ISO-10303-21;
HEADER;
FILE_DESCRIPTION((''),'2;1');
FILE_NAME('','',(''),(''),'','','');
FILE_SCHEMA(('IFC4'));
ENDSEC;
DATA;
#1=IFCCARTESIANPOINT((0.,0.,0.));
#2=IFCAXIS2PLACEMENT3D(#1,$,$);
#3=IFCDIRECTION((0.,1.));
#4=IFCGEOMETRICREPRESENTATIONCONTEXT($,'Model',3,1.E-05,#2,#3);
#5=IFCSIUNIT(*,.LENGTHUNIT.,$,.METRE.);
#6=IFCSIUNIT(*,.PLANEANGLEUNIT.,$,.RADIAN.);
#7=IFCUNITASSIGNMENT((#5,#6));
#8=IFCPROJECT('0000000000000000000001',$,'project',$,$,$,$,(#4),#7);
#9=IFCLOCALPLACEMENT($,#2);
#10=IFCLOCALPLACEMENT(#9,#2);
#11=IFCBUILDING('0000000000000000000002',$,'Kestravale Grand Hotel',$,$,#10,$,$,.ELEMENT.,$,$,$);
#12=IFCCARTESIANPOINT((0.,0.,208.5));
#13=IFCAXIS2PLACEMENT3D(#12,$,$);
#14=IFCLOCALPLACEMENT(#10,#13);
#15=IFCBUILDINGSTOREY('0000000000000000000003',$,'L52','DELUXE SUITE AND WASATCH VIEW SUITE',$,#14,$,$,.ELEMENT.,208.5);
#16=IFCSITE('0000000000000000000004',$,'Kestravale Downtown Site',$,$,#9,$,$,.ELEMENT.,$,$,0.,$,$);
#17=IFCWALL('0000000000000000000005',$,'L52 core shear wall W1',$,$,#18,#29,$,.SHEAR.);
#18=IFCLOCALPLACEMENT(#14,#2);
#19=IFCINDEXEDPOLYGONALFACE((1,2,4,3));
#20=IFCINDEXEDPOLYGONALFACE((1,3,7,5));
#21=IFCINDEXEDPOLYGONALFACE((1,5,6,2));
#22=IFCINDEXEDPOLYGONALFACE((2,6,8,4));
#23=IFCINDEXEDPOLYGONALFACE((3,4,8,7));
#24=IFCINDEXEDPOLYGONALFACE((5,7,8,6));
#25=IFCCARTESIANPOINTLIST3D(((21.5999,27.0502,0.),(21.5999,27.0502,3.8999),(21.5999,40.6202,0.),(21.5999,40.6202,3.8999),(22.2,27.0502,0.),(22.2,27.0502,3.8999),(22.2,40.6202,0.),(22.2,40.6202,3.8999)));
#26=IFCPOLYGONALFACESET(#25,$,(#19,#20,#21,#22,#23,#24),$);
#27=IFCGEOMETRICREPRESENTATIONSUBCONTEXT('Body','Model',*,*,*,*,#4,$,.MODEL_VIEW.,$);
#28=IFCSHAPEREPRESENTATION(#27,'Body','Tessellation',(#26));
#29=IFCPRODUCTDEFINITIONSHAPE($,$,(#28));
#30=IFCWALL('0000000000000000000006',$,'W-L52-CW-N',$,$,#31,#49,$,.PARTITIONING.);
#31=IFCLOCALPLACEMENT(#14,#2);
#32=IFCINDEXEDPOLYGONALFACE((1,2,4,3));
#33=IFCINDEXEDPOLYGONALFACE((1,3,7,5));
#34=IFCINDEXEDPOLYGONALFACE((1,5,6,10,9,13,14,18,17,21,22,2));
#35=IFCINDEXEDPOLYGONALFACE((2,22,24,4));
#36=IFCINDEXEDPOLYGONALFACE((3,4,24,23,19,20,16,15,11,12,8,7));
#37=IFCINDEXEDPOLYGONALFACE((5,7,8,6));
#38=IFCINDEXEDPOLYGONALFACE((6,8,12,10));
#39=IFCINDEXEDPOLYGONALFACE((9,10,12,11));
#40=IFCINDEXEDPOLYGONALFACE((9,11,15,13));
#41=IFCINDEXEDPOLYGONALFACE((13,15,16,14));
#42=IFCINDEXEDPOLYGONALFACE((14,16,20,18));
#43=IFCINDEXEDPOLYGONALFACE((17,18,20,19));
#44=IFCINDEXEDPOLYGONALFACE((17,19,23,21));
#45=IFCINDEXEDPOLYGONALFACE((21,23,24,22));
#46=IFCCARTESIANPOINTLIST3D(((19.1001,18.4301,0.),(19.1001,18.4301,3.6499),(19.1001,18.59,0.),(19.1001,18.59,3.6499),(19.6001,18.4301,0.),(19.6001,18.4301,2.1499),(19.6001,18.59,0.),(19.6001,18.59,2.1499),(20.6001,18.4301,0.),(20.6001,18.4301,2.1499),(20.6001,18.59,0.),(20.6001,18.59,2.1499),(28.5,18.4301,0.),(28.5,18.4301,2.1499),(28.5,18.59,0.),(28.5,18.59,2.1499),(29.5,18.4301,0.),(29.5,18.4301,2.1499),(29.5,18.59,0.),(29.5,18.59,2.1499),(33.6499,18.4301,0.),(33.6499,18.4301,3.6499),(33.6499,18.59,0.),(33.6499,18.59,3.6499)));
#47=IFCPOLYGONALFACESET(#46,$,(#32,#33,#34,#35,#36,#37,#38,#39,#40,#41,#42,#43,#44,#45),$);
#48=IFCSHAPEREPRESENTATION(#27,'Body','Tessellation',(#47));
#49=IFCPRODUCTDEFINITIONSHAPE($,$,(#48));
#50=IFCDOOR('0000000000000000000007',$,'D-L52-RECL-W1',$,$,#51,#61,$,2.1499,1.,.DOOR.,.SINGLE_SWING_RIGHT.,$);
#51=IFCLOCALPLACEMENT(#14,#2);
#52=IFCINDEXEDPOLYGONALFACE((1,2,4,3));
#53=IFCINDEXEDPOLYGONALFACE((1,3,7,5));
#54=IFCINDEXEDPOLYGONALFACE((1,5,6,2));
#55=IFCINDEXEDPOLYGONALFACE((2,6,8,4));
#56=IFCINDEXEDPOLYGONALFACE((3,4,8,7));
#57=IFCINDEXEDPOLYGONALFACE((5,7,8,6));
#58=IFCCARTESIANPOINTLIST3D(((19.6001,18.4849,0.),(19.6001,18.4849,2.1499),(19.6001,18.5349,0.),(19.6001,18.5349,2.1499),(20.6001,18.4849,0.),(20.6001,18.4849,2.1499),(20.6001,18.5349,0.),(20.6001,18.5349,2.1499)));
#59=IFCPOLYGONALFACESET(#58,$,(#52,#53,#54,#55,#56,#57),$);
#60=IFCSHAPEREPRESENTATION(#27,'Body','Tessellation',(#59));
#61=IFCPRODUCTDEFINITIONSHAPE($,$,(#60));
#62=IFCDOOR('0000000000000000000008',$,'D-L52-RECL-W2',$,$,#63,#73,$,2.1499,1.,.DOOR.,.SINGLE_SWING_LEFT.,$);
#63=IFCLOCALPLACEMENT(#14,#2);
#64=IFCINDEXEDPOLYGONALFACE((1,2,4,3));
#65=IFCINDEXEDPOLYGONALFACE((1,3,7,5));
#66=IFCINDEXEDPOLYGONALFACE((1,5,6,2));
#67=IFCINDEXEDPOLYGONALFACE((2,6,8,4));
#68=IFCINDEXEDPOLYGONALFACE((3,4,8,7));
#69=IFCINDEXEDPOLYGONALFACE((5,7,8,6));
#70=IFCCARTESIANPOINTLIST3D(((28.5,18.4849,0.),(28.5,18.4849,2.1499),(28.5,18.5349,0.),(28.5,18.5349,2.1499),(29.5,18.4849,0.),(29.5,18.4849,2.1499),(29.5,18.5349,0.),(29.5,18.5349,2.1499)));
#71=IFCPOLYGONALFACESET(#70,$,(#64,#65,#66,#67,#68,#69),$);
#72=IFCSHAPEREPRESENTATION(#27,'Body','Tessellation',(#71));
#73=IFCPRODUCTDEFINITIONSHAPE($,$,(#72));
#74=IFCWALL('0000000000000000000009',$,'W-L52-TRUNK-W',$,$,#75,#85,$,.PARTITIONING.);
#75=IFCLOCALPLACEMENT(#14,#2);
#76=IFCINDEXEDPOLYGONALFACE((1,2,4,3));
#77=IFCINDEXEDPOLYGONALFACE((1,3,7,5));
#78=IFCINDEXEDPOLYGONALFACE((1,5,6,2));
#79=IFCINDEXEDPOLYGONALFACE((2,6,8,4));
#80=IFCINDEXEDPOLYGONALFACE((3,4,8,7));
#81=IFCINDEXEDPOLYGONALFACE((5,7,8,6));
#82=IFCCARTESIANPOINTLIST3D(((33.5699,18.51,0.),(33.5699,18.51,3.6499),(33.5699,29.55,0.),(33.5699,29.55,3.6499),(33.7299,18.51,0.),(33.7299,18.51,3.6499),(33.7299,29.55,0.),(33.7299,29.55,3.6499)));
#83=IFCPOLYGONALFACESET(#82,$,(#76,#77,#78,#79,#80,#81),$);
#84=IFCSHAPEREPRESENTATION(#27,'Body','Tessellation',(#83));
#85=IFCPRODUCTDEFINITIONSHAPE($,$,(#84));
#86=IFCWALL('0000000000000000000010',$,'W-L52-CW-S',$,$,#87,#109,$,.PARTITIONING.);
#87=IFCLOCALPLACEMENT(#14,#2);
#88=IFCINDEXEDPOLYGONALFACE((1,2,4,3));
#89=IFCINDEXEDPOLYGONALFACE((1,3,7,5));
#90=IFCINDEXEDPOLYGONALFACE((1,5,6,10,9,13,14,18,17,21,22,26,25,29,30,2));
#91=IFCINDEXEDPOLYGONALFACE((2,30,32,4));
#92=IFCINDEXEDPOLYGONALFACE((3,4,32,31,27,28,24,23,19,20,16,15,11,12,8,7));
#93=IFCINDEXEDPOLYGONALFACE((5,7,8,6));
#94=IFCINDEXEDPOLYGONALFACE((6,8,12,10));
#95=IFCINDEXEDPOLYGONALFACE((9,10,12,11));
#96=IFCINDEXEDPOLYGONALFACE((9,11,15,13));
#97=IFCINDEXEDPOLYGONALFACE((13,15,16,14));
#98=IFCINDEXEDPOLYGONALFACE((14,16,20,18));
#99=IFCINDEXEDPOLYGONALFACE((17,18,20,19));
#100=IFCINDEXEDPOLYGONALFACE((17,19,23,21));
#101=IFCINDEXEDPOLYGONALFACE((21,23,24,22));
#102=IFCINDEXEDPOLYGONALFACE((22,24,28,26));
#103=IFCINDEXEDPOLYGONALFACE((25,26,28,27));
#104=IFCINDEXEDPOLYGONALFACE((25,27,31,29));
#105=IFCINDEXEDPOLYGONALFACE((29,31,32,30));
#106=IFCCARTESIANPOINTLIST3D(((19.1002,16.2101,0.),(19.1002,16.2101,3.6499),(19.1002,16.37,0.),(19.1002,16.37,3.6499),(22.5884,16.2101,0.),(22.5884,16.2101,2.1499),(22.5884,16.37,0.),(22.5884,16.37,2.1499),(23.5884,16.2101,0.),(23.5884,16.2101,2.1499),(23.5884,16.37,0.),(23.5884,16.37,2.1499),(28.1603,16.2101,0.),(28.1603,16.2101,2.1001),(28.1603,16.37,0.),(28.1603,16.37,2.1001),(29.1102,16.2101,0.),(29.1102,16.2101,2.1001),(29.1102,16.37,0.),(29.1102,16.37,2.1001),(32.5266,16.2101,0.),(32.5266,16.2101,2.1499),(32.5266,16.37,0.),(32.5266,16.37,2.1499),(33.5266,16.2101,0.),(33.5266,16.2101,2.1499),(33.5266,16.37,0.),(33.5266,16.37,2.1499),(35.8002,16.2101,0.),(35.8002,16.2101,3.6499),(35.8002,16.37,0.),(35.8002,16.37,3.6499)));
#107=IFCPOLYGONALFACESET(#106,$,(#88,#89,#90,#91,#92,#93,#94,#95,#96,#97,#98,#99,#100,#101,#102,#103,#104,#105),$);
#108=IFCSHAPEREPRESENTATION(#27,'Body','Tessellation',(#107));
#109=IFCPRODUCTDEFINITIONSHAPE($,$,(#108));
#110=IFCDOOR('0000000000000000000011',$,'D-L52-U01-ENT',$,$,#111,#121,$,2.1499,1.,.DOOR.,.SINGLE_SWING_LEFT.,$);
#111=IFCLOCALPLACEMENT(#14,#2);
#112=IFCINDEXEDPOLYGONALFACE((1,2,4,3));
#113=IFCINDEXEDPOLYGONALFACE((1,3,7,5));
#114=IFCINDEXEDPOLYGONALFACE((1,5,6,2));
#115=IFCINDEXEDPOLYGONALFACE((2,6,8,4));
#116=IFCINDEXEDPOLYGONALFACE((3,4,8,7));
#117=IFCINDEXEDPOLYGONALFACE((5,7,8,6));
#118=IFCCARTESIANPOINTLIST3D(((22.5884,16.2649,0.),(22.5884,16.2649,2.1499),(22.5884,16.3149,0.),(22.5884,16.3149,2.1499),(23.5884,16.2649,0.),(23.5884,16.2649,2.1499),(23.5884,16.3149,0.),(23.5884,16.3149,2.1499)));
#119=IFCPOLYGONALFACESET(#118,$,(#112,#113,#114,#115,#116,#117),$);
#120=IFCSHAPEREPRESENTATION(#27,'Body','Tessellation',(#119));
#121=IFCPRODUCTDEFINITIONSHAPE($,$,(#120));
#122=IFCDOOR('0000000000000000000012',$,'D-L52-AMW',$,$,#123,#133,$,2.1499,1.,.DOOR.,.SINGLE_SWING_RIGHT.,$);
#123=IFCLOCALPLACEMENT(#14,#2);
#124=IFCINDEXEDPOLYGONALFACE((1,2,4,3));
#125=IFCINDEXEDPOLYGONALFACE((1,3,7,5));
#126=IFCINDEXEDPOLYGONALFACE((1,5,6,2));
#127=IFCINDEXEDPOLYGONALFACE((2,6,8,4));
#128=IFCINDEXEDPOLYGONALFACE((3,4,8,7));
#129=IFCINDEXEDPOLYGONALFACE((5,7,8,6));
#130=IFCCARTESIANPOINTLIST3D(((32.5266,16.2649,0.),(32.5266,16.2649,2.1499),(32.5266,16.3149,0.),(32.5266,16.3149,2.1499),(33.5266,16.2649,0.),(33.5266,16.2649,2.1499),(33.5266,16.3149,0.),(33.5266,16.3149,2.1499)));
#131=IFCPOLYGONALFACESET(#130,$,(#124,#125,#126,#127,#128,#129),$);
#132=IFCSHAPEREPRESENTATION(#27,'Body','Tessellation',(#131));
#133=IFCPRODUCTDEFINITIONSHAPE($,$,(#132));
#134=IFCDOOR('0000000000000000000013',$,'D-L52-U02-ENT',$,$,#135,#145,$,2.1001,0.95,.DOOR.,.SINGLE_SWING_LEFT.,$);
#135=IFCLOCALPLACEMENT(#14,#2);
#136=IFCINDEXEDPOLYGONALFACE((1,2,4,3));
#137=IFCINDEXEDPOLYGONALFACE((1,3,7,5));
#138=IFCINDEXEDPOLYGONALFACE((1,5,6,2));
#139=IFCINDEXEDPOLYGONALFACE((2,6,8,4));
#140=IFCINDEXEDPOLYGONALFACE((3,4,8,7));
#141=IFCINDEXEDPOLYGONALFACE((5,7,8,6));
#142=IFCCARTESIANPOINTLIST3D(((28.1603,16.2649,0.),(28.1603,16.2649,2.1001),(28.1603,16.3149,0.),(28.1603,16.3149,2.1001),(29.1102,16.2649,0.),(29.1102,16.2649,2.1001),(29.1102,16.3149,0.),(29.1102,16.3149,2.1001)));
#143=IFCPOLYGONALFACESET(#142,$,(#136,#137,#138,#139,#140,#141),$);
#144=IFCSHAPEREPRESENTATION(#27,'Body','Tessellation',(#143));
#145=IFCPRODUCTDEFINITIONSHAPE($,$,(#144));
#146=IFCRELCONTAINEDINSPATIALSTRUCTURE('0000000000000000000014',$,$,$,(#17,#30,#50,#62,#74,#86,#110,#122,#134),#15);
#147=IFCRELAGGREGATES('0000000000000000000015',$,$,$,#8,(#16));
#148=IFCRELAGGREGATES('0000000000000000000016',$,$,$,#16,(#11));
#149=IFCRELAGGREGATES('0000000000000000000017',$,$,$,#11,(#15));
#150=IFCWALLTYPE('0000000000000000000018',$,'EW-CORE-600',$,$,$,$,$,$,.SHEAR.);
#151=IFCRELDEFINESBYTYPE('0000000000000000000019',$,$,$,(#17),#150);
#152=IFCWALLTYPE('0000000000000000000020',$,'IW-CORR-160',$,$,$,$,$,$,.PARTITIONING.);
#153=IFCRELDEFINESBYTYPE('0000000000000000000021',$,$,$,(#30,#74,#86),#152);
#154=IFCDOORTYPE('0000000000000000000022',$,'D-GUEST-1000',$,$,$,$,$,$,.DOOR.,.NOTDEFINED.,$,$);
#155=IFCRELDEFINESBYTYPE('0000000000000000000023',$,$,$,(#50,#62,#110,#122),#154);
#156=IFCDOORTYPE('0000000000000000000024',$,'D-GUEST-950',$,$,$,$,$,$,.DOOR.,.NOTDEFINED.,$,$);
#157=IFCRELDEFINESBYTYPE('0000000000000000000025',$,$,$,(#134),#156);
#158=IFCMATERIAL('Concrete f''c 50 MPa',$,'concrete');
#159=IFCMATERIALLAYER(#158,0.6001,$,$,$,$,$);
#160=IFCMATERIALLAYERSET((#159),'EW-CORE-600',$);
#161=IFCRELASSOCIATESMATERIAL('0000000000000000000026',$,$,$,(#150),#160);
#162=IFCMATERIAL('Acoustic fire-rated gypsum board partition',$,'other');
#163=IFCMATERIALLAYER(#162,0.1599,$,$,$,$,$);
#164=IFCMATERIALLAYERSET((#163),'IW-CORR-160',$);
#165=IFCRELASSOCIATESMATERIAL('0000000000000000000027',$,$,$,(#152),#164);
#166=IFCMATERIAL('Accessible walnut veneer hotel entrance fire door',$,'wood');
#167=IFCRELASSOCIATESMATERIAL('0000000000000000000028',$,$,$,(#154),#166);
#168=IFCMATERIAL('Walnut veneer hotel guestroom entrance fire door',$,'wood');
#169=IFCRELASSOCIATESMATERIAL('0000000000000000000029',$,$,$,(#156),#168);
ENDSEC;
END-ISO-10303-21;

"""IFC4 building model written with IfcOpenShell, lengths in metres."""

from ifc_helpers import new_model, si_unit, direction, frame, frame_2d, origin, place, context, subcontext, project, spatial, rectangle, extrude, material, layer, layer_set, type_object, element, fill, save


model = new_model("IFC4")

# Units and contexts
model_context = context("Model", 3, precision=1e-05, world=origin(), true_north=direction((0.0, 1.0)))
body_context = subcontext(model_context, "Body", "Model", "MODEL_VIEW")
ifc_project = project(units=[si_unit("LENGTHUNIT", "METRE"), si_unit("PLANEANGLEUNIT", "RADIAN")], contexts=[model_context])

# Site, building, storey
site_placement = place(None, origin())
site = spatial("IfcSite", under=ifc_project, at=site_placement, Name="Kestravale Downtown Site", CompositionType="ELEMENT", RefElevation=0.0)
building_placement = place(site_placement, origin())
building = spatial("IfcBuilding", under=site, at=building_placement, Name="Kestravale Grand Hotel", CompositionType="ELEMENT")
storey_placement = place(building_placement, frame((0.0, 0.0, 208.5)))
storey = spatial("IfcBuildingStorey", under=building, at=storey_placement, Name="L52", Description="DELUXE SUITE AND WASATCH VIEW SUITE", CompositionType="ELEMENT", Elevation=208.5)

# Wall
ifc_material_1 = material(Name="Concrete f'c 50 MPa", Category="concrete")
ifc_layer_1 = layer(ifc_material_1, 0.6001)
ifc_layer_set_1 = layer_set([ifc_layer_1], Name="EW-CORE-600")
wall_type_1 = type_object("IfcWallType", Name="EW-CORE-600", PredefinedType="SHEAR", material=ifc_layer_set_1)
wall_1_placement = place(storey_placement, frame((21.8999, 27.05, 0.0), z_axis=(0.0, 0.0, 1.0), x_axis=(0.0, 1.0, 0.0)))
element("IfcWall", 1, at=wall_1_placement, inside=storey, type_object=wall_type_1, Name="L52 core shear wall W1", PredefinedType="SHEAR", context=body_context, shape_type="SweptSolid", body=[
    extrude(rectangle(XDim=13.5701, YDim=0.6001, at=frame_2d((6.7852, 0.0))), origin(), (0.0, 0.0, 1.0), 3.8999),
])

# Wall, openings, doors
ifc_material_2 = material(Name="Acoustic fire-rated gypsum board partition", Category="other")
ifc_layer_2 = layer(ifc_material_2, 0.1599)
ifc_layer_set_2 = layer_set([ifc_layer_2], Name="IW-CORR-160")
wall_type_2 = type_object("IfcWallType", Name="IW-CORR-160", PredefinedType="PARTITIONING", material=ifc_layer_set_2)
wall_2_placement = place(storey_placement, frame((19.1001, 18.51, 0.0), z_axis=(0.0, 0.0, 1.0), x_axis=(1.0, 0.0, 0.0)))
wall_2 = element("IfcWall", 2, at=wall_2_placement, inside=storey, type_object=wall_type_2, Name="W-L52-CW-N", PredefinedType="PARTITIONING", context=body_context, shape_type="SweptSolid", body=[
    extrude(rectangle(XDim=14.5498, YDim=0.1599, at=frame_2d((7.2749, 0.0))), origin(), (0.0, 0.0, 1.0), 3.6499),
])
opening_1_placement = place(wall_2_placement, frame((0.5, 0.0, 0.0)))
opening_1 = element("IfcOpeningElement", 3, at=opening_1_placement, cuts=wall_2, PredefinedType="OPENING", context=body_context, shape_type="SweptSolid", body=[
    extrude(rectangle(XDim=1.0, YDim=2.1499, at=frame_2d((0.5, 1.075))), frame((0.0, 0.0898, 0.0), z_axis=(0.0, -1.0, 0.0), x_axis=(1.0, 0.0, 0.0)), (0.0, 0.0, 1.0), 0.1799),
])
opening_2_placement = place(wall_2_placement, frame((9.3999, 0.0, 0.0)))
opening_2 = element("IfcOpeningElement", 4, at=opening_2_placement, cuts=wall_2, PredefinedType="OPENING", context=body_context, shape_type="SweptSolid", body=[
    extrude(rectangle(XDim=1.0, YDim=2.1499, at=frame_2d((0.5, 1.075))), frame((0.0, 0.0898, 0.0), z_axis=(0.0, -1.0, 0.0), x_axis=(1.0, 0.0, 0.0)), (0.0, 0.0, 1.0), 0.1799),
])
ifc_material_3 = material(Name="Accessible walnut veneer hotel entrance fire door", Category="wood")
door_type_1 = type_object("IfcDoorType", Name="D-GUEST-1000", OperationType="NOTDEFINED", PredefinedType="DOOR", material=ifc_material_3)
door_1_placement = place(opening_1_placement, origin())
door_1 = element("IfcDoor", 5, at=door_1_placement, inside=storey, type_object=door_type_1, Name="D-L52-RECL-W1", OperationType="SINGLE_SWING_RIGHT", OverallHeight=2.1499, OverallWidth=1.0, PredefinedType="DOOR", context=body_context, shape_type="SweptSolid", body=[
    extrude(rectangle(XDim=1.0, YDim=2.1499, at=frame_2d((0.5, 1.075))), frame((0.0, 0.0249, 0.0), z_axis=(0.0, -1.0, 0.0), x_axis=(1.0, 0.0, 0.0)), (0.0, 0.0, 1.0), 0.05),
])
fill(opening_1, door_1)
door_2_placement = place(opening_2_placement, origin())
door_2 = element("IfcDoor", 6, at=door_2_placement, inside=storey, type_object=door_type_1, Name="D-L52-RECL-W2", OperationType="SINGLE_SWING_LEFT", OverallHeight=2.1499, OverallWidth=1.0, PredefinedType="DOOR", context=body_context, shape_type="SweptSolid", body=[
    extrude(rectangle(XDim=1.0, YDim=2.1499, at=frame_2d((0.5, 1.075))), frame((0.0, 0.0249, 0.0), z_axis=(0.0, -1.0, 0.0), x_axis=(1.0, 0.0, 0.0)), (0.0, 0.0, 1.0), 0.05),
])
fill(opening_2, door_2)

# Wall
wall_3_placement = place(storey_placement, frame((33.6499, 18.51, 0.0), z_axis=(0.0, 0.0, 1.0), x_axis=(0.0, 1.0, 0.0)))
element("IfcWall", 7, at=wall_3_placement, inside=storey, type_object=wall_type_2, Name="W-L52-TRUNK-W", PredefinedType="PARTITIONING", context=body_context, shape_type="SweptSolid", body=[
    extrude(rectangle(XDim=11.04, YDim=0.1599, at=frame_2d((5.52, 0.0))), origin(), (0.0, 0.0, 1.0), 3.6499),
])

# Wall, openings, doors
wall_4_placement = place(storey_placement, frame((19.1001, 16.29, 0.0), z_axis=(0.0, 0.0, 1.0), x_axis=(1.0, 0.0, 0.0)))
wall_4 = element("IfcWall", 8, at=wall_4_placement, inside=storey, type_object=wall_type_2, Name="W-L52-CW-S", PredefinedType="PARTITIONING", context=body_context, shape_type="SweptSolid", body=[
    extrude(rectangle(XDim=16.7, YDim=0.1599, at=frame_2d((8.3501, 0.0))), origin(), (0.0, 0.0, 1.0), 3.6499),
])
opening_3_placement = place(wall_4_placement, frame((3.4883, 0.0, 0.0)))
opening_3 = element("IfcOpeningElement", 9, at=opening_3_placement, cuts=wall_4, PredefinedType="OPENING", context=body_context, shape_type="SweptSolid", body=[
    extrude(rectangle(XDim=1.0, YDim=2.1499, at=frame_2d((0.5, 1.075))), frame((0.0, 0.0898, 0.0), z_axis=(0.0, -1.0, 0.0), x_axis=(1.0, 0.0, 0.0)), (0.0, 0.0, 1.0), 0.1799),
])
opening_4_placement = place(wall_4_placement, frame((9.0601, 0.0, 0.0)))
opening_4 = element("IfcOpeningElement", 10, at=opening_4_placement, cuts=wall_4, PredefinedType="OPENING", context=body_context, shape_type="SweptSolid", body=[
    extrude(rectangle(XDim=0.95, YDim=2.1001, at=frame_2d((0.4751, 1.05))), frame((0.0, 0.0898, 0.0), z_axis=(0.0, -1.0, 0.0), x_axis=(1.0, 0.0, 0.0)), (0.0, 0.0, 1.0), 0.1799),
])
opening_5_placement = place(wall_4_placement, frame((13.4265, 0.0, 0.0)))
opening_5 = element("IfcOpeningElement", 11, at=opening_5_placement, cuts=wall_4, PredefinedType="OPENING", context=body_context, shape_type="SweptSolid", body=[
    extrude(rectangle(XDim=1.0, YDim=2.1499, at=frame_2d((0.5, 1.075))), frame((0.0, 0.0898, 0.0), z_axis=(0.0, -1.0, 0.0), x_axis=(1.0, 0.0, 0.0)), (0.0, 0.0, 1.0), 0.1799),
])
door_3_placement = place(opening_3_placement, origin())
door_3 = element("IfcDoor", 12, at=door_3_placement, inside=storey, type_object=door_type_1, Name="D-L52-U01-ENT", OperationType="SINGLE_SWING_LEFT", OverallHeight=2.1499, OverallWidth=1.0, PredefinedType="DOOR", context=body_context, shape_type="SweptSolid", body=[
    extrude(rectangle(XDim=1.0, YDim=2.1499, at=frame_2d((0.5, 1.075))), frame((0.0, 0.0249, 0.0), z_axis=(0.0, -1.0, 0.0), x_axis=(1.0, 0.0, 0.0)), (0.0, 0.0, 1.0), 0.05),
])
fill(opening_3, door_3)
door_4_placement = place(opening_5_placement, origin())
door_4 = element("IfcDoor", 13, at=door_4_placement, inside=storey, type_object=door_type_1, Name="D-L52-AMW", OperationType="SINGLE_SWING_RIGHT", OverallHeight=2.1499, OverallWidth=1.0, PredefinedType="DOOR", context=body_context, shape_type="SweptSolid", body=[
    extrude(rectangle(XDim=1.0, YDim=2.1499, at=frame_2d((0.5, 1.075))), frame((0.0, 0.0249, 0.0), z_axis=(0.0, -1.0, 0.0), x_axis=(1.0, 0.0, 0.0)), (0.0, 0.0, 1.0), 0.05),
])
fill(opening_5, door_4)
ifc_material_4 = material(Name="Walnut veneer hotel guestroom entrance fire door", Category="wood")
door_type_2 = type_object("IfcDoorType", Name="D-GUEST-950", OperationType="NOTDEFINED", PredefinedType="DOOR", material=ifc_material_4)
door_5_placement = place(opening_4_placement, origin())
door_5 = element("IfcDoor", 14, at=door_5_placement, inside=storey, type_object=door_type_2, Name="D-L52-U02-ENT", OperationType="SINGLE_SWING_LEFT", OverallHeight=2.1001, OverallWidth=0.95, PredefinedType="DOOR", context=body_context, shape_type="SweptSolid", body=[
    extrude(rectangle(XDim=0.95, YDim=2.1001, at=frame_2d((0.4751, 1.05))), frame((0.0, 0.0249, 0.0), z_axis=(0.0, -1.0, 0.0), x_axis=(1.0, 0.0, 0.0)), (0.0, 0.0, 1.0), 0.05),
])
fill(opening_4, door_5)

save(model, "model.ifc")
